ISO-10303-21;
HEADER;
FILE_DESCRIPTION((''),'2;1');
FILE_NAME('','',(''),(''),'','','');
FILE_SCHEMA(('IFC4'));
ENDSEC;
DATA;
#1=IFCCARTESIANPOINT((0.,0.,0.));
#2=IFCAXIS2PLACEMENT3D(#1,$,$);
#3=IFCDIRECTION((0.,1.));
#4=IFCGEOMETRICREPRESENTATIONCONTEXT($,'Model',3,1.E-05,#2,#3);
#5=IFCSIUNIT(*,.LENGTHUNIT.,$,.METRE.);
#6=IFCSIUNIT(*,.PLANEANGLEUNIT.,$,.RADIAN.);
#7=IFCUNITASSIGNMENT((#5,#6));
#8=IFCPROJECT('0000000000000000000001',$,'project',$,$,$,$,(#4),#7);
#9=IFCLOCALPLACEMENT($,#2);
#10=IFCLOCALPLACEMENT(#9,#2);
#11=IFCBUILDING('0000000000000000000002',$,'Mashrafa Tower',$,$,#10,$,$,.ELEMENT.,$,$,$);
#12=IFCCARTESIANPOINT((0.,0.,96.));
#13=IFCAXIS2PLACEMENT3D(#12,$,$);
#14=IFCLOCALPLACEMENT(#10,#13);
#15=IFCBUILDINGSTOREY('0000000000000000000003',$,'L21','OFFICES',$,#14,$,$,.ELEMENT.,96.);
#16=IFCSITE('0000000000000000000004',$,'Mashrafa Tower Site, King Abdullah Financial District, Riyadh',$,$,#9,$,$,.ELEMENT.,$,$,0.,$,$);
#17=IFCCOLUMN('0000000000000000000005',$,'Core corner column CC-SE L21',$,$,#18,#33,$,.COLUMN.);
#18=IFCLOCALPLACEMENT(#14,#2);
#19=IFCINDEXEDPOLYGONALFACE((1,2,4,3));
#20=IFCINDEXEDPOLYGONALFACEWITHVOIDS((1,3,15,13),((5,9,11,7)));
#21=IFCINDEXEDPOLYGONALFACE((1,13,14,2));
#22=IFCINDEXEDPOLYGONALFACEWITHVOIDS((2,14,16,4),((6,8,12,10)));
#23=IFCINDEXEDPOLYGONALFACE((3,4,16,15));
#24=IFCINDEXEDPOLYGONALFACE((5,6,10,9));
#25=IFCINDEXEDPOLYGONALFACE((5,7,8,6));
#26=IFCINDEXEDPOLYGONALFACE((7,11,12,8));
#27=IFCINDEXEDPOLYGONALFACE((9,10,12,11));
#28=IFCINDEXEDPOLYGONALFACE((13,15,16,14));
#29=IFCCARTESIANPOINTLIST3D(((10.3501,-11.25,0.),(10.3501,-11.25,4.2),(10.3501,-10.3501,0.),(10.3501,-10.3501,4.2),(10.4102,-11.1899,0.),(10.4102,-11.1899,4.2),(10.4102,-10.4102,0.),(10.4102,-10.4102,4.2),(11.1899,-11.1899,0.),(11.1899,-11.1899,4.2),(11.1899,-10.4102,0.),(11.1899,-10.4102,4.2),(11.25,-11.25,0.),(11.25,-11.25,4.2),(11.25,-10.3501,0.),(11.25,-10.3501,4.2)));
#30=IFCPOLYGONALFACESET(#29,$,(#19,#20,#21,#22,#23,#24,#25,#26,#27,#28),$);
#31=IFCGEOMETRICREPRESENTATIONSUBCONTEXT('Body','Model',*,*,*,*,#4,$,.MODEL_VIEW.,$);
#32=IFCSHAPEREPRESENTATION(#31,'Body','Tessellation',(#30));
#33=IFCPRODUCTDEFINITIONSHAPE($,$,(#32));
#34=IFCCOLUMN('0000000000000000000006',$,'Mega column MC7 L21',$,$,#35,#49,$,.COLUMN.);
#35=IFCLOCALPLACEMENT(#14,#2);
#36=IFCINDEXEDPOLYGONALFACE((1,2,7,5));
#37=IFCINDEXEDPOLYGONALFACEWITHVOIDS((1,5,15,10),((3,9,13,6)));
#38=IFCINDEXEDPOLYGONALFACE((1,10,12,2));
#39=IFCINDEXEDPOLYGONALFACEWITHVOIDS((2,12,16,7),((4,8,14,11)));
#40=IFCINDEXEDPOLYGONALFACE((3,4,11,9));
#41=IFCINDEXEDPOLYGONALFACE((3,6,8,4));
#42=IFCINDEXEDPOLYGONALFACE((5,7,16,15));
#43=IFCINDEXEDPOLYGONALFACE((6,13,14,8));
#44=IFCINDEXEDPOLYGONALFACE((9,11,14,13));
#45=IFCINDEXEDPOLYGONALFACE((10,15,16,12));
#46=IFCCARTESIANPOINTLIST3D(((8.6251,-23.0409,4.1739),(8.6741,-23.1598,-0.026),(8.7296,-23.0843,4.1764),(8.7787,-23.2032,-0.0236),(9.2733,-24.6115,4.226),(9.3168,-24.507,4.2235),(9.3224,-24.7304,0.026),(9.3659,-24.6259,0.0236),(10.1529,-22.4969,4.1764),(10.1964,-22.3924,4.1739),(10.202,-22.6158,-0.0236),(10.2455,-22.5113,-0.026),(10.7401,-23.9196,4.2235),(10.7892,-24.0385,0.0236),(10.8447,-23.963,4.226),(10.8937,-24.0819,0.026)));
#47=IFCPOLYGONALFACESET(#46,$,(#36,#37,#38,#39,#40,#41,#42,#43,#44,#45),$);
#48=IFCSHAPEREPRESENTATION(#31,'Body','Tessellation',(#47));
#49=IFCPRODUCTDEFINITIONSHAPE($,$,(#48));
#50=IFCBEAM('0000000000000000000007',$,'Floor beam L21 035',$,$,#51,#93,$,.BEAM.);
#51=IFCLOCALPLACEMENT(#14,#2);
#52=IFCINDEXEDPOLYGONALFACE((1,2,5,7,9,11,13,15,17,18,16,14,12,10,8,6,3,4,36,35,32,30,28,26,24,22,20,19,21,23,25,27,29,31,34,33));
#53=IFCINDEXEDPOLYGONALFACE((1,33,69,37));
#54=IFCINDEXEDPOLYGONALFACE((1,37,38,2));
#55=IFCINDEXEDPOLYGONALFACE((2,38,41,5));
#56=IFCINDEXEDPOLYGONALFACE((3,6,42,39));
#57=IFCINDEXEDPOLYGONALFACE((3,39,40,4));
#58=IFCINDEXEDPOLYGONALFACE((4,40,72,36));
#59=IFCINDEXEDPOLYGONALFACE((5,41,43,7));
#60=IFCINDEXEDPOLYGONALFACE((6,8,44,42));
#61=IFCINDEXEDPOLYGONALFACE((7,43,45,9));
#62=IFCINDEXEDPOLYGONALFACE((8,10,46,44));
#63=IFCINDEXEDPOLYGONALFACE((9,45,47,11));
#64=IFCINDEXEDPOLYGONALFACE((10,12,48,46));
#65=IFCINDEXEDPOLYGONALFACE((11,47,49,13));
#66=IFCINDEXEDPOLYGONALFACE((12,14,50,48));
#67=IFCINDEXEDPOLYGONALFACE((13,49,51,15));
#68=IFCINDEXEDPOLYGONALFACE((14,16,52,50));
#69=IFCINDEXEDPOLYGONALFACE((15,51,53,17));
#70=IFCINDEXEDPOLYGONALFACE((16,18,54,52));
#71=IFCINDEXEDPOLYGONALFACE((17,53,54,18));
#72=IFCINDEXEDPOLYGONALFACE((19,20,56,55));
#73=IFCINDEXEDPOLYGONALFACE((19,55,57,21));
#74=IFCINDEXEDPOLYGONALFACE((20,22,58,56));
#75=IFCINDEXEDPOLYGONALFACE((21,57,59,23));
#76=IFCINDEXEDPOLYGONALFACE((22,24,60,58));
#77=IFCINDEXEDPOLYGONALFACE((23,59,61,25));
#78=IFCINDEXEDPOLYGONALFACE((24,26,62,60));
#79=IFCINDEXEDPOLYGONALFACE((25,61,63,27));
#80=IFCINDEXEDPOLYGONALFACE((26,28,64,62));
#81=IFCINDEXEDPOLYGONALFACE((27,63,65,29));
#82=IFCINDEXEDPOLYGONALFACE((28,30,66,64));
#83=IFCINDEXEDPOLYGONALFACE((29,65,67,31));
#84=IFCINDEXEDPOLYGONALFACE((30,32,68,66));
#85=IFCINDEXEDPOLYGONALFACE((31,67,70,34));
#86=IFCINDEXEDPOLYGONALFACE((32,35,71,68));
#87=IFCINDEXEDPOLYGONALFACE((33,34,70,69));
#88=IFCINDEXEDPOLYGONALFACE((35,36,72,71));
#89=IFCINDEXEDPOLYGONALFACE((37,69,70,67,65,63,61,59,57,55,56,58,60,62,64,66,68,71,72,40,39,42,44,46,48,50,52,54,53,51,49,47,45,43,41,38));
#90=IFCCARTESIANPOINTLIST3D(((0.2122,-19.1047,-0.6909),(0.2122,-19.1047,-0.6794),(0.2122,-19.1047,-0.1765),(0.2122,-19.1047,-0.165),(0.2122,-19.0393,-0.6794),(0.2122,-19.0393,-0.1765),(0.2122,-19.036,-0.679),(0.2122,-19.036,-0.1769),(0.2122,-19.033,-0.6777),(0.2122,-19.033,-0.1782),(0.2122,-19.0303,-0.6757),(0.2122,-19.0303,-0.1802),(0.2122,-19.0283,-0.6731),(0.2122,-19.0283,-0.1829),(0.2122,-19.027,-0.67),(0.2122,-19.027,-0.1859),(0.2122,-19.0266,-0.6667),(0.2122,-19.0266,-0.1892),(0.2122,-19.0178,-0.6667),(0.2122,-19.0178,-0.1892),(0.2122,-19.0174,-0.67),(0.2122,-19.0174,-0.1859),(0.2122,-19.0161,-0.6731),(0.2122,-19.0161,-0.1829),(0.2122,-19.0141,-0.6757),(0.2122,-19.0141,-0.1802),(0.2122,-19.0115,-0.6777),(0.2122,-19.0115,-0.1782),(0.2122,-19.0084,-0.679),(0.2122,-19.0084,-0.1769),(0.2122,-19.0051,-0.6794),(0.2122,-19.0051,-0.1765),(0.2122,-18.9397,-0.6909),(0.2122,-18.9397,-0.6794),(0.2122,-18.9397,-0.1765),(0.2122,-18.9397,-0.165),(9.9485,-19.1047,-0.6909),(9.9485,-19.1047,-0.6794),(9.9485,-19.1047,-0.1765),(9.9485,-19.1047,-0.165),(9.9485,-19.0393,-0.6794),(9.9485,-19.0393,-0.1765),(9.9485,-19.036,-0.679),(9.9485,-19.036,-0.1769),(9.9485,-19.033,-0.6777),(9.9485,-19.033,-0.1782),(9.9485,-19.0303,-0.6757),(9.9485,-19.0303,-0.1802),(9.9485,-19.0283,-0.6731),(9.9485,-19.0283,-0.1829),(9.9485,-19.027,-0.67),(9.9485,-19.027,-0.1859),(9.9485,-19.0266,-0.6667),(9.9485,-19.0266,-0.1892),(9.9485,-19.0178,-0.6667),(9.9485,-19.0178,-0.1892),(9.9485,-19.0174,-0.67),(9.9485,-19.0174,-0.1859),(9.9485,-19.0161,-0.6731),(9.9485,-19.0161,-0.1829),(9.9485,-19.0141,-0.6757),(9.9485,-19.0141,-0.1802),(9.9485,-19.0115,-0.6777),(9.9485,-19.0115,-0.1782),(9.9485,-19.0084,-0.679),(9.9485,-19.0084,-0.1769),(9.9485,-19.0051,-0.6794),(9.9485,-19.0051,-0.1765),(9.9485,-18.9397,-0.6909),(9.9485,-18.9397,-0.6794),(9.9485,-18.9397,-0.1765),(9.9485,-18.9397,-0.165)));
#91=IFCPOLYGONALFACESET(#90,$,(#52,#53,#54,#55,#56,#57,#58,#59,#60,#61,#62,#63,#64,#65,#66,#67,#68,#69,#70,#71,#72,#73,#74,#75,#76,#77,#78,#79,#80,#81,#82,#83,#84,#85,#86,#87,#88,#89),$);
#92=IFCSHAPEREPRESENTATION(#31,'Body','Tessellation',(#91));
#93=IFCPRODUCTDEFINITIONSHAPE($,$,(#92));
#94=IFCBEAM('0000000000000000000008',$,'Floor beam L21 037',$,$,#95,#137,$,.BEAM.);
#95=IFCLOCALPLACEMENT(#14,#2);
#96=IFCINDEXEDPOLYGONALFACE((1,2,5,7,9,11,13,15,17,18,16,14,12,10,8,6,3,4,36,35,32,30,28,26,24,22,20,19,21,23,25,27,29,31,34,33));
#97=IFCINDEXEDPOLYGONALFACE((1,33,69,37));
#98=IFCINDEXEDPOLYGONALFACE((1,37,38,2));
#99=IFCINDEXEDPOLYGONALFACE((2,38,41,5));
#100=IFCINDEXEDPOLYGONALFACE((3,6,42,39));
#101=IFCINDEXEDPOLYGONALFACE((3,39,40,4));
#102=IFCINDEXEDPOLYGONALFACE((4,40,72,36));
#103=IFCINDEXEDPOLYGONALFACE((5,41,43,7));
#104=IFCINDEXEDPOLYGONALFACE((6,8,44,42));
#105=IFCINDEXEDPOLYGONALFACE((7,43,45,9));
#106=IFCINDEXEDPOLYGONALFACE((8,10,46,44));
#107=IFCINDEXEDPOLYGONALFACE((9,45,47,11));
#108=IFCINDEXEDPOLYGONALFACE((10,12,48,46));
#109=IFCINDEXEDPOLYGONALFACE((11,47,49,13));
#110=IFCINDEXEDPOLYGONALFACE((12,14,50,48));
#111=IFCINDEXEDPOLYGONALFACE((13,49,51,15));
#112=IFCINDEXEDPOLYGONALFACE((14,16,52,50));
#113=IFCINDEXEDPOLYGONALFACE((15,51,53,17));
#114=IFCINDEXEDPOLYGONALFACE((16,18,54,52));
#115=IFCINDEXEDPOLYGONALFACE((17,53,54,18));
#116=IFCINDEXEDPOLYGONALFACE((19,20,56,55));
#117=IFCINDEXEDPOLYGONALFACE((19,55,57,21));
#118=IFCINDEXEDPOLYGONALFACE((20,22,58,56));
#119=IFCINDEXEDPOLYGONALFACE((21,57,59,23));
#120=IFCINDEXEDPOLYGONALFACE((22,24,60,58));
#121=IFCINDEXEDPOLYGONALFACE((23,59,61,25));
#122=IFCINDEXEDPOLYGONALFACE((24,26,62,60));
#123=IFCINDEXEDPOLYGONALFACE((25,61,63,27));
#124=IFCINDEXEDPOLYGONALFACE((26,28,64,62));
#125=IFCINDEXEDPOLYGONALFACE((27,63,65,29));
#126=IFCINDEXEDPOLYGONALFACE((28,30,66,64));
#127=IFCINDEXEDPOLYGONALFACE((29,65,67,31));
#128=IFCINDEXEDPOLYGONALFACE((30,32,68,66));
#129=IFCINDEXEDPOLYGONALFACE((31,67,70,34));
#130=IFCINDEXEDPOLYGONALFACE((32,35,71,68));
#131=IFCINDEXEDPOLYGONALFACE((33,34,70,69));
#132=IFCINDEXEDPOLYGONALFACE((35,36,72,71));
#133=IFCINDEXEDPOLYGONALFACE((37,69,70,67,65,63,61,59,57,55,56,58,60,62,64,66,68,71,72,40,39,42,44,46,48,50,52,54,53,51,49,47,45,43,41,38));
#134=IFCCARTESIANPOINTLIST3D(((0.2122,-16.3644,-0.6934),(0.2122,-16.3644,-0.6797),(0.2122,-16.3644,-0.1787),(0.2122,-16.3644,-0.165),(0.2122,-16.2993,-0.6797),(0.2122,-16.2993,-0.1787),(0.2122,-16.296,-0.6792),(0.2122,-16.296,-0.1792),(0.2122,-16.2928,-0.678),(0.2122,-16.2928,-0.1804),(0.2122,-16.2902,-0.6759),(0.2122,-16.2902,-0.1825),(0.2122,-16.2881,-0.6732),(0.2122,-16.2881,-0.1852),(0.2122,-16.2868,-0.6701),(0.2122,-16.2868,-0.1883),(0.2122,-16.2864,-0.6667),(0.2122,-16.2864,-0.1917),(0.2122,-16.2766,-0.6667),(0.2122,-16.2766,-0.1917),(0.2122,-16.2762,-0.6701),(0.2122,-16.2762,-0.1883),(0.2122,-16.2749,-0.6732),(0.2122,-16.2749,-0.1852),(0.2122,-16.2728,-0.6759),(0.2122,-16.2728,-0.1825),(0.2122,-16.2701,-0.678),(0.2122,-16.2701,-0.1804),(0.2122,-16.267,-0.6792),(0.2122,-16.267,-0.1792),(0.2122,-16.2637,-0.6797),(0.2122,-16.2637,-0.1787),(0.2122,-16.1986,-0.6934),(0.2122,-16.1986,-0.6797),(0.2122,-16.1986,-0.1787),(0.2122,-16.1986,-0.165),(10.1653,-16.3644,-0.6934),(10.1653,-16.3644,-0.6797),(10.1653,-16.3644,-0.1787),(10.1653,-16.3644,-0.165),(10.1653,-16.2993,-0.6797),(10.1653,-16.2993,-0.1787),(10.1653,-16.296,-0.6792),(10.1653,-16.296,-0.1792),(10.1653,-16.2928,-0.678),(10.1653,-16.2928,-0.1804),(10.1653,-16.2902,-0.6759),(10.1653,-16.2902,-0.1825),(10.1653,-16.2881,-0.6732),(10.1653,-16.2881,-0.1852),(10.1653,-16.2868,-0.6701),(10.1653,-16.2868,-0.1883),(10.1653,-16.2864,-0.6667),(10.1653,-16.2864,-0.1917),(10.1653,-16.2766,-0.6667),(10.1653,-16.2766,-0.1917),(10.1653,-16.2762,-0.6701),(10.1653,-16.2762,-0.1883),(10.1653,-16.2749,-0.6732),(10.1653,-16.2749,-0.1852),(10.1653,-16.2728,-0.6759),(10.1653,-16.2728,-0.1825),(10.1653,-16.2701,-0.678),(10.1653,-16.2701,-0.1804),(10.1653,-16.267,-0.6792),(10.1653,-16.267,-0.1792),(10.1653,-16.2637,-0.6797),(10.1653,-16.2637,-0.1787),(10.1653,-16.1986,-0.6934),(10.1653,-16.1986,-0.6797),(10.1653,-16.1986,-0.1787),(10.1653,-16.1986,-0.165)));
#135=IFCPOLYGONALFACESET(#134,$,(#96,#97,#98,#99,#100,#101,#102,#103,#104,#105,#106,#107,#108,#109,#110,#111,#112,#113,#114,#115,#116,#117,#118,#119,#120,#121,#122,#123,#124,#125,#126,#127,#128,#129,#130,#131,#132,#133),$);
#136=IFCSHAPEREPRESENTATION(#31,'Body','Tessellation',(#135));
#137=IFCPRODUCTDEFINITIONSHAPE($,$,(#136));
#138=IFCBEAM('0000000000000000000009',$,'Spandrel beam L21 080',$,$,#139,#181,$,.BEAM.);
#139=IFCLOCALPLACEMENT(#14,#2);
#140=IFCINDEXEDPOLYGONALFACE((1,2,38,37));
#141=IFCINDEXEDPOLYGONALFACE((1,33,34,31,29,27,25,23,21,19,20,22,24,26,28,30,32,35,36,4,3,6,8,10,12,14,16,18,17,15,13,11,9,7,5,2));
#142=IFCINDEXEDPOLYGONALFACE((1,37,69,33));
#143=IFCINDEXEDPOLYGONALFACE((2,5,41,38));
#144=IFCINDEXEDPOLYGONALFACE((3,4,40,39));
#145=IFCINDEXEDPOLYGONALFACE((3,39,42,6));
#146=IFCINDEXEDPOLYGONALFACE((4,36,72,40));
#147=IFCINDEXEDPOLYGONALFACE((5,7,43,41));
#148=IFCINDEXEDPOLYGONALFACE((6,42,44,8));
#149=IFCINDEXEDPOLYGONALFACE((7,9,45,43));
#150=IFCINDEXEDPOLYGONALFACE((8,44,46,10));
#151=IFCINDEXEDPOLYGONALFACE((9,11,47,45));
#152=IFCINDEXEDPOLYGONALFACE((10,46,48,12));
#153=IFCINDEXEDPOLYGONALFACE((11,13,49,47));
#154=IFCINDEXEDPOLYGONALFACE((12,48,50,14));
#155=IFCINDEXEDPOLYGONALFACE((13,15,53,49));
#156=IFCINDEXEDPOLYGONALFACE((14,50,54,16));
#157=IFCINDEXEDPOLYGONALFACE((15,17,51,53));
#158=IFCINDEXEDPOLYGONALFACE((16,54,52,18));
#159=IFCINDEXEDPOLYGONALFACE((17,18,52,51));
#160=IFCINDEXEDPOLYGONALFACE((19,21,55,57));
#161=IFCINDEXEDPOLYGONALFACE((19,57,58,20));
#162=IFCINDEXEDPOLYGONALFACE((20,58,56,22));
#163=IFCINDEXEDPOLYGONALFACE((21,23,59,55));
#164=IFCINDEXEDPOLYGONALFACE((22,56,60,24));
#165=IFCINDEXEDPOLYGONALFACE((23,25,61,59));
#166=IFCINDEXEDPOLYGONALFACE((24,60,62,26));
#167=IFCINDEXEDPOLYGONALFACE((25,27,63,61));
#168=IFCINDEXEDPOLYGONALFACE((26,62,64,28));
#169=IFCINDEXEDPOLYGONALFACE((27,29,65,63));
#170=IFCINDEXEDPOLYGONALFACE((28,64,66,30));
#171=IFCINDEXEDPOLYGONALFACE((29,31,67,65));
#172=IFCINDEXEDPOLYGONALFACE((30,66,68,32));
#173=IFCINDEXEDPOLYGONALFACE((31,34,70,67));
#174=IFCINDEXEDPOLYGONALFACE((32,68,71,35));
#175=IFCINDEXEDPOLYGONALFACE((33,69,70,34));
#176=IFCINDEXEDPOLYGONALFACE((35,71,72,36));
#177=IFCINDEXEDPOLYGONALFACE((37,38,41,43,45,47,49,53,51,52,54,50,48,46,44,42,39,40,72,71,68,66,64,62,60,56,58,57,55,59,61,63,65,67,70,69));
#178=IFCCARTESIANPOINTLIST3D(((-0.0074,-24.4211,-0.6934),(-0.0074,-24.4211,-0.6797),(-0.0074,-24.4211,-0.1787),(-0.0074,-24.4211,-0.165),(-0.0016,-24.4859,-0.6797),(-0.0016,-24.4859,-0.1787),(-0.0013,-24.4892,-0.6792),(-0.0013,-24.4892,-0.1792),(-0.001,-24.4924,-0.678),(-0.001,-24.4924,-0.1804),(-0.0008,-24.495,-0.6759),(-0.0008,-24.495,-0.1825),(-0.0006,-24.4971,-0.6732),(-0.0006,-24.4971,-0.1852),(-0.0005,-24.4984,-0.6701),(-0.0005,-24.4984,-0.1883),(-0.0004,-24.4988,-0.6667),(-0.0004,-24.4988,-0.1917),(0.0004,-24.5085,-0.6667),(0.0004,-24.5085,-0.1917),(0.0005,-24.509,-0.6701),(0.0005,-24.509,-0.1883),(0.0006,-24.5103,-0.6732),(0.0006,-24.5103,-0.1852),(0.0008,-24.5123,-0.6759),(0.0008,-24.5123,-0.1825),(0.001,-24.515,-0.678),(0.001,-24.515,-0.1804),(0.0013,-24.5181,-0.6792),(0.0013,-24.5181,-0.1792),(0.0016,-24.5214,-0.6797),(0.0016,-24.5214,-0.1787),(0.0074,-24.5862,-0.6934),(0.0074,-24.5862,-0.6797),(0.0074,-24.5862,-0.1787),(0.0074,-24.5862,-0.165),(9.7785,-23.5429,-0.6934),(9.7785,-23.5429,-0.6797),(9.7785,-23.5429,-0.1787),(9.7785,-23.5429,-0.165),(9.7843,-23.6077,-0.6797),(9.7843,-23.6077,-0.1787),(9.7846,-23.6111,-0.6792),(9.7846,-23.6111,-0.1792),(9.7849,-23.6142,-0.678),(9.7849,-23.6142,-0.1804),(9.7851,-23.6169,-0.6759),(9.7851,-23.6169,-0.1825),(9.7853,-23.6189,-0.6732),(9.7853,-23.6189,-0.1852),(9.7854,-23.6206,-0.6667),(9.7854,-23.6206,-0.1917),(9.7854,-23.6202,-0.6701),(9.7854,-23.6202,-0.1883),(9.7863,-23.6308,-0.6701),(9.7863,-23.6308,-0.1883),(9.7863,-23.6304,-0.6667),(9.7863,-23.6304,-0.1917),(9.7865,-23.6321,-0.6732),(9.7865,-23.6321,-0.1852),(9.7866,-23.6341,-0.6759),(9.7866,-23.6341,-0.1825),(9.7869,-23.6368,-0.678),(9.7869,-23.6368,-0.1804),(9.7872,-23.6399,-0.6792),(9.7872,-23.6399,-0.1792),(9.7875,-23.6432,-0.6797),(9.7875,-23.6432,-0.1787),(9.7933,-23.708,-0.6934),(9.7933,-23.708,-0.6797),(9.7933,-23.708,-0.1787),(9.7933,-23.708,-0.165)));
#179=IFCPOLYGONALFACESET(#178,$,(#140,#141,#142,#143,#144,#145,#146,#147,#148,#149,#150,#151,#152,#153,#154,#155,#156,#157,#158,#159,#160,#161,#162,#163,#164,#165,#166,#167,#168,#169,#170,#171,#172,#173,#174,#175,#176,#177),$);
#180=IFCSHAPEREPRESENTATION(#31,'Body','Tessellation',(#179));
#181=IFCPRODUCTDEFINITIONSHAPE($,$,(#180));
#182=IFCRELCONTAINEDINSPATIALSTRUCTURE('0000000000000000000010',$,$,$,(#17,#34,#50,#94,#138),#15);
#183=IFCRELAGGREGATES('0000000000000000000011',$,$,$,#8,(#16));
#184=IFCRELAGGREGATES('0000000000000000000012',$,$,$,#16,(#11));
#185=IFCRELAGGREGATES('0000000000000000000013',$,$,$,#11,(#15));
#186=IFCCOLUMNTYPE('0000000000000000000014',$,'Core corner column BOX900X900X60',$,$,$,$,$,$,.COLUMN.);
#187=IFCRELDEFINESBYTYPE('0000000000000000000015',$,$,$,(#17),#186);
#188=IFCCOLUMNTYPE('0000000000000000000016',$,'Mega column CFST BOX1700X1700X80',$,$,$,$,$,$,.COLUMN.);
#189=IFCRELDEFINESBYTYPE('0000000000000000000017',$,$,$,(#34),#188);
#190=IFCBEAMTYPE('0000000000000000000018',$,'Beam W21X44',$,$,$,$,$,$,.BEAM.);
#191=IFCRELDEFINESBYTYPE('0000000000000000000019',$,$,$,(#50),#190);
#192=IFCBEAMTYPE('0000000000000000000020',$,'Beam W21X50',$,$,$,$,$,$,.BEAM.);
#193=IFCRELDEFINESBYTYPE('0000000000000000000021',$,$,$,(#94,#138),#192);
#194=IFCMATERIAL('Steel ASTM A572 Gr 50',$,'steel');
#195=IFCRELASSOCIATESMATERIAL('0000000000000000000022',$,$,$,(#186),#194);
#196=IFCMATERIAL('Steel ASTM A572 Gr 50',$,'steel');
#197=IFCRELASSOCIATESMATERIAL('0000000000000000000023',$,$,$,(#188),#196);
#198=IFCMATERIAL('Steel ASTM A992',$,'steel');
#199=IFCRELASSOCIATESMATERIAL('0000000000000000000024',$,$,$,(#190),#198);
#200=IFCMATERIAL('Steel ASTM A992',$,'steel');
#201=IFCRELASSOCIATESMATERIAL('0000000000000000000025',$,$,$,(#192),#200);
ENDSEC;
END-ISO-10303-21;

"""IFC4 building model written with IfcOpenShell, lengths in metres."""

from ifc_helpers import new_model, si_unit, direction, frame, origin, origin_2d, place, context, subcontext, project, spatial, hollow_rectangle, i_section, extrude, material, material_profile, profile_set, type_object, element, save


model = new_model("IFC4")

# Units and contexts
model_context = context("Model", 3, precision=1e-05, world=origin(), true_north=direction((0.0, 1.0)))
body_context = subcontext(model_context, "Body", "Model", "MODEL_VIEW")
ifc_project = project(units=[si_unit("LENGTHUNIT", "METRE"), si_unit("PLANEANGLEUNIT", "RADIAN")], contexts=[model_context])

# Site, building, storey
site_placement = place(None, origin())
site = spatial("IfcSite", under=ifc_project, at=site_placement, Name="Mashrafa Tower Site, King Abdullah Financial District, Riyadh", CompositionType="ELEMENT", RefElevation=0.0)
building_placement = place(site_placement, origin())
building = spatial("IfcBuilding", under=site, at=building_placement, Name="Mashrafa Tower", CompositionType="ELEMENT")
storey_placement = place(building_placement, frame((0.0, 0.0, 96.0)))
storey = spatial("IfcBuildingStorey", under=building, at=storey_placement, Name="L21", Description="OFFICES", CompositionType="ELEMENT", Elevation=96.0)

# Columns
ifc_material_1 = material(Name="Steel ASTM A572 Gr 50", Category="steel")
ifc_material_profile_1 = material_profile(ifc_material_1, hollow_rectangle(XDim=0.8999, YDim=0.8999, WallThickness=0.0601, at=origin_2d()), Name="BOX900X900X60")
ifc_profile_set_1 = profile_set([ifc_material_profile_1], Name="Steel ASTM A572 Gr 50")
column_type_1 = type_object("IfcColumnType", Name="Core corner column BOX900X900X60", PredefinedType="COLUMN", material=ifc_profile_set_1)
column_1_placement = place(storey_placement, frame((10.8, -10.8, 0.0), z_axis=(0.0, 0.0, 1.0), x_axis=(1.0, 0.0, 0.0)))
element("IfcColumn", 1, at=column_1_placement, inside=storey, type_object=column_type_1, Name="Core corner column CC-SE L21", PredefinedType="COLUMN", context=body_context, shape_type="SweptSolid", body=[
    extrude(hollow_rectangle(XDim=0.8999, YDim=0.8999, WallThickness=0.0601, at=origin_2d()), origin(), (0.0, 0.0, 1.0), 4.2),
])
ifc_material_2 = material(Name="Steel ASTM A572 Gr 50", Category="steel")
ifc_material_profile_2 = material_profile(ifc_material_2, hollow_rectangle(XDim=1.7, YDim=1.7, WallThickness=0.0801, at=origin_2d()), Name="BOX1700X1700X80")
ifc_profile_set_2 = profile_set([ifc_material_profile_2], Name="Steel ASTM A572 Gr 50")
column_type_2 = type_object("IfcColumnType", Name="Mega column CFST BOX1700X1700X80", PredefinedType="COLUMN", material=ifc_profile_set_2)
column_2_placement = place(storey_placement, frame((9.7839, -23.6208, 0.0), z_axis=(-0.011679, 0.028296, 0.999531), x_axis=(-0.924363, -0.381513, 0.0)))
element("IfcColumn", 2, at=column_2_placement, inside=storey, type_object=column_type_2, Name="Mega column MC7 L21", PredefinedType="COLUMN", context=body_context, shape_type="SweptSolid", body=[
    extrude(hollow_rectangle(XDim=1.7, YDim=1.7, WallThickness=0.0801, at=origin_2d()), origin(), (0.0, 0.0, 1.0), 4.2019),
])

# Beams
ifc_material_3 = material(Name="Steel ASTM A992", Category="steel")
ifc_material_profile_3 = material_profile(ifc_material_3, i_section(OverallWidth=0.165, OverallDepth=0.5259, WebThickness=0.0088, FlangeThickness=0.0115, FilletRadius=0.0127, at=origin_2d()), Name="W21X44")
ifc_profile_set_3 = profile_set([ifc_material_profile_3], Name="Steel ASTM A992")
beam_type_1 = type_object("IfcBeamType", Name="Beam W21X44", PredefinedType="BEAM", material=ifc_profile_set_3)
beam_1_placement = place(storey_placement, frame((9.9485, -19.0222, -0.428), z_axis=(-1.0, 0.0, 0.0), x_axis=(0.0, -1.0, 0.0)))
element("IfcBeam", 3, at=beam_1_placement, inside=storey, type_object=beam_type_1, Name="Floor beam L21 035", PredefinedType="BEAM", context=body_context, shape_type="SweptSolid", body=[
    extrude(i_section(OverallWidth=0.165, OverallDepth=0.5259, WebThickness=0.0088, FlangeThickness=0.0115, FilletRadius=0.0127, at=origin_2d()), origin(), (0.0, 0.0, 1.0), 9.7363),
])
ifc_material_4 = material(Name="Steel ASTM A992", Category="steel")
ifc_material_profile_4 = material_profile(ifc_material_4, i_section(OverallWidth=0.1658, OverallDepth=0.5283, WebThickness=0.0098, FlangeThickness=0.0137, FilletRadius=0.0129, at=origin_2d()), Name="W21X50")
ifc_profile_set_4 = profile_set([ifc_material_profile_4], Name="Steel ASTM A992")
beam_type_2 = type_object("IfcBeamType", Name="Beam W21X50", PredefinedType="BEAM", material=ifc_profile_set_4)
beam_2_placement = place(storey_placement, frame((10.1653, -16.2815, -0.4292), z_axis=(-1.0, 0.0, 0.0), x_axis=(0.0, -1.0, 0.0)))
element("IfcBeam", 4, at=beam_2_placement, inside=storey, type_object=beam_type_2, Name="Floor beam L21 037", PredefinedType="BEAM", context=body_context, shape_type="SweptSolid", body=[
    extrude(i_section(OverallWidth=0.1658, OverallDepth=0.5283, WebThickness=0.0098, FlangeThickness=0.0137, FilletRadius=0.0129, at=origin_2d()), origin(), (0.0, 0.0, 1.0), 9.9531),
])
beam_3_placement = place(storey_placement, frame((0.0, -24.5037, -0.4292), z_axis=(0.995998, 0.08938, 0.0), x_axis=(-0.08938, 0.995998, 0.0)))
element("IfcBeam", 5, at=beam_3_placement, inside=storey, type_object=beam_type_2, Name="Spandrel beam L21 080", PredefinedType="BEAM", context=body_context, shape_type="SweptSolid", body=[
    extrude(i_section(OverallWidth=0.1658, OverallDepth=0.5283, WebThickness=0.0098, FlangeThickness=0.0137, FilletRadius=0.0129, at=origin_2d()), origin(), (0.0, 0.0, 1.0), 9.8252),
])

save(model, "model.ifc")
